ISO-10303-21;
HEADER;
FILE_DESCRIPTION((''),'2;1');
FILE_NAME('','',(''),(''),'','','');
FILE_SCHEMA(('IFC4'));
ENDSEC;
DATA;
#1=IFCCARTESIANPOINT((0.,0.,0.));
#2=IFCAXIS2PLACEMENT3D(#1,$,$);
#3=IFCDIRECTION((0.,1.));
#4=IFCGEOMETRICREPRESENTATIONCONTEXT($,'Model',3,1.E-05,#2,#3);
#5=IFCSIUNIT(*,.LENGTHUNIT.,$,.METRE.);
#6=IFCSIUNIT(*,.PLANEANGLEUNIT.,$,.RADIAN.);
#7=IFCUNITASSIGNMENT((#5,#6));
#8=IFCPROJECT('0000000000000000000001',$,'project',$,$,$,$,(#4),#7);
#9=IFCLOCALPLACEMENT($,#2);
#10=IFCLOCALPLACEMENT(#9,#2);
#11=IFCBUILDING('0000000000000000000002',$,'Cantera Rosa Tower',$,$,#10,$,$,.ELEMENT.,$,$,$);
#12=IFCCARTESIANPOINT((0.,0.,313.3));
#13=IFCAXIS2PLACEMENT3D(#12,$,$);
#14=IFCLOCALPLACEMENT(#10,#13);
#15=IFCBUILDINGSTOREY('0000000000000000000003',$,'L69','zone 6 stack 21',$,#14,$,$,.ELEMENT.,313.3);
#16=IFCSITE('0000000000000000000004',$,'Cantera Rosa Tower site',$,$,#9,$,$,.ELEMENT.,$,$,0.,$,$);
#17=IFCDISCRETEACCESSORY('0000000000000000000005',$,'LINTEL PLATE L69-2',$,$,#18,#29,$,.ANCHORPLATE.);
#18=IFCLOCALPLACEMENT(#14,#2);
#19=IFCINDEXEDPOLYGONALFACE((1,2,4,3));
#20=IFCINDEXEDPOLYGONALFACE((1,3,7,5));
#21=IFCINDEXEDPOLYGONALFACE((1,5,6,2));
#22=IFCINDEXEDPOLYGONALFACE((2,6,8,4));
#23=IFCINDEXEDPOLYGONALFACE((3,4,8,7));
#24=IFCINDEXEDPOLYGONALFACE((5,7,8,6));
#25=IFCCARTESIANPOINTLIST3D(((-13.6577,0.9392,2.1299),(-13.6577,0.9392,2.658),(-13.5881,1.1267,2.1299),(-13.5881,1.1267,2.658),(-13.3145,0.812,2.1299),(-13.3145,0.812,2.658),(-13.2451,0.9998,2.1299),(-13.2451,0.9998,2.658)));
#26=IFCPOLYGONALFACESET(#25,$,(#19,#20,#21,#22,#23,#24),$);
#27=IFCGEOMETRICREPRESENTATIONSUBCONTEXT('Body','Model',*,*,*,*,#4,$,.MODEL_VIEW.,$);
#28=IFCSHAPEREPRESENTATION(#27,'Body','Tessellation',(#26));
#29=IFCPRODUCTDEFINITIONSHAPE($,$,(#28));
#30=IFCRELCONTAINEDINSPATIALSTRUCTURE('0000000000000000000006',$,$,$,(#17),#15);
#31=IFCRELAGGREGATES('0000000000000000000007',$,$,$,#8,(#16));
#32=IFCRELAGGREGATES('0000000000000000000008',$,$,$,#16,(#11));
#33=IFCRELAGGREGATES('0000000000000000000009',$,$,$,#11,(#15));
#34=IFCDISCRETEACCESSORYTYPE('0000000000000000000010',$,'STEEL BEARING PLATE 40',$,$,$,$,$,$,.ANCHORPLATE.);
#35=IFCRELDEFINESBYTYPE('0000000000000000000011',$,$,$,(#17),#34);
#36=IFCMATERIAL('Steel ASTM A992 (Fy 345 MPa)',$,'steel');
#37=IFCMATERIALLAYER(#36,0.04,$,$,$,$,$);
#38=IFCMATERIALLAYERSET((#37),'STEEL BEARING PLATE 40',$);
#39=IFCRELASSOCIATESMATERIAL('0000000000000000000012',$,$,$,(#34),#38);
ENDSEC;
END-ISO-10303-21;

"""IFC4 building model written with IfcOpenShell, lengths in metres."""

from ifc_helpers import new_model, si_unit, direction, frame, origin, place, context, subcontext, project, spatial, polyline, outline, extrude, material, layer, layer_set, type_object, element, save


model = new_model("IFC4")

# Units and contexts
model_context = context("Model", 3, precision=1e-05, world=origin(), true_north=direction((0.0, 1.0)))
body_context = subcontext(model_context, "Body", "Model", "MODEL_VIEW")
ifc_project = project(units=[si_unit("LENGTHUNIT", "METRE"), si_unit("PLANEANGLEUNIT", "RADIAN")], contexts=[model_context])

# Site, building, storey
site_placement = place(None, origin())
site = spatial("IfcSite", under=ifc_project, at=site_placement, Name="Cantera Rosa Tower site", CompositionType="ELEMENT", RefElevation=0.0)
building_placement = place(site_placement, origin())
building = spatial("IfcBuilding", under=site, at=building_placement, Name="Cantera Rosa Tower", CompositionType="ELEMENT")
storey_placement = place(building_placement, frame((0.0, 0.0, 313.3)))
storey = spatial("IfcBuildingStorey", under=building, at=storey_placement, Name="L69", Description="zone 6 stack 21", CompositionType="ELEMENT", Elevation=313.3)

# Discrete accessory
ifc_material_1 = material(Name="Steel ASTM A992 (Fy 345 MPa)", Category="steel")
ifc_layer_1 = layer(ifc_material_1, 0.04)
ifc_layer_set_1 = layer_set([ifc_layer_1], Name="STEEL BEARING PLATE 40")
discrete_accessory_type = type_object("IfcDiscreteAccessoryType", Name="STEEL BEARING PLATE 40", PredefinedType="ANCHORPLATE", material=ifc_layer_set_1)
discrete_accessory_1_placement = place(storey_placement, frame((0.0, 0.0, 2.1299)))
element("IfcDiscreteAccessory", 1, at=discrete_accessory_1_placement, inside=storey, type_object=discrete_accessory_type, Name="LINTEL PLATE L69-2", PredefinedType="ANCHORPLATE", context=body_context, shape_type="SweptSolid", body=[
    extrude(outline(polyline([(-13.5881, 1.1267), (-13.6577, 0.9392), (-13.3145, 0.812), (-13.2451, 0.9998), (-13.5881, 1.1267)])), origin(), (0.0, 0.0, 1.0), 0.5281),
])

save(model, "model.ifc")
